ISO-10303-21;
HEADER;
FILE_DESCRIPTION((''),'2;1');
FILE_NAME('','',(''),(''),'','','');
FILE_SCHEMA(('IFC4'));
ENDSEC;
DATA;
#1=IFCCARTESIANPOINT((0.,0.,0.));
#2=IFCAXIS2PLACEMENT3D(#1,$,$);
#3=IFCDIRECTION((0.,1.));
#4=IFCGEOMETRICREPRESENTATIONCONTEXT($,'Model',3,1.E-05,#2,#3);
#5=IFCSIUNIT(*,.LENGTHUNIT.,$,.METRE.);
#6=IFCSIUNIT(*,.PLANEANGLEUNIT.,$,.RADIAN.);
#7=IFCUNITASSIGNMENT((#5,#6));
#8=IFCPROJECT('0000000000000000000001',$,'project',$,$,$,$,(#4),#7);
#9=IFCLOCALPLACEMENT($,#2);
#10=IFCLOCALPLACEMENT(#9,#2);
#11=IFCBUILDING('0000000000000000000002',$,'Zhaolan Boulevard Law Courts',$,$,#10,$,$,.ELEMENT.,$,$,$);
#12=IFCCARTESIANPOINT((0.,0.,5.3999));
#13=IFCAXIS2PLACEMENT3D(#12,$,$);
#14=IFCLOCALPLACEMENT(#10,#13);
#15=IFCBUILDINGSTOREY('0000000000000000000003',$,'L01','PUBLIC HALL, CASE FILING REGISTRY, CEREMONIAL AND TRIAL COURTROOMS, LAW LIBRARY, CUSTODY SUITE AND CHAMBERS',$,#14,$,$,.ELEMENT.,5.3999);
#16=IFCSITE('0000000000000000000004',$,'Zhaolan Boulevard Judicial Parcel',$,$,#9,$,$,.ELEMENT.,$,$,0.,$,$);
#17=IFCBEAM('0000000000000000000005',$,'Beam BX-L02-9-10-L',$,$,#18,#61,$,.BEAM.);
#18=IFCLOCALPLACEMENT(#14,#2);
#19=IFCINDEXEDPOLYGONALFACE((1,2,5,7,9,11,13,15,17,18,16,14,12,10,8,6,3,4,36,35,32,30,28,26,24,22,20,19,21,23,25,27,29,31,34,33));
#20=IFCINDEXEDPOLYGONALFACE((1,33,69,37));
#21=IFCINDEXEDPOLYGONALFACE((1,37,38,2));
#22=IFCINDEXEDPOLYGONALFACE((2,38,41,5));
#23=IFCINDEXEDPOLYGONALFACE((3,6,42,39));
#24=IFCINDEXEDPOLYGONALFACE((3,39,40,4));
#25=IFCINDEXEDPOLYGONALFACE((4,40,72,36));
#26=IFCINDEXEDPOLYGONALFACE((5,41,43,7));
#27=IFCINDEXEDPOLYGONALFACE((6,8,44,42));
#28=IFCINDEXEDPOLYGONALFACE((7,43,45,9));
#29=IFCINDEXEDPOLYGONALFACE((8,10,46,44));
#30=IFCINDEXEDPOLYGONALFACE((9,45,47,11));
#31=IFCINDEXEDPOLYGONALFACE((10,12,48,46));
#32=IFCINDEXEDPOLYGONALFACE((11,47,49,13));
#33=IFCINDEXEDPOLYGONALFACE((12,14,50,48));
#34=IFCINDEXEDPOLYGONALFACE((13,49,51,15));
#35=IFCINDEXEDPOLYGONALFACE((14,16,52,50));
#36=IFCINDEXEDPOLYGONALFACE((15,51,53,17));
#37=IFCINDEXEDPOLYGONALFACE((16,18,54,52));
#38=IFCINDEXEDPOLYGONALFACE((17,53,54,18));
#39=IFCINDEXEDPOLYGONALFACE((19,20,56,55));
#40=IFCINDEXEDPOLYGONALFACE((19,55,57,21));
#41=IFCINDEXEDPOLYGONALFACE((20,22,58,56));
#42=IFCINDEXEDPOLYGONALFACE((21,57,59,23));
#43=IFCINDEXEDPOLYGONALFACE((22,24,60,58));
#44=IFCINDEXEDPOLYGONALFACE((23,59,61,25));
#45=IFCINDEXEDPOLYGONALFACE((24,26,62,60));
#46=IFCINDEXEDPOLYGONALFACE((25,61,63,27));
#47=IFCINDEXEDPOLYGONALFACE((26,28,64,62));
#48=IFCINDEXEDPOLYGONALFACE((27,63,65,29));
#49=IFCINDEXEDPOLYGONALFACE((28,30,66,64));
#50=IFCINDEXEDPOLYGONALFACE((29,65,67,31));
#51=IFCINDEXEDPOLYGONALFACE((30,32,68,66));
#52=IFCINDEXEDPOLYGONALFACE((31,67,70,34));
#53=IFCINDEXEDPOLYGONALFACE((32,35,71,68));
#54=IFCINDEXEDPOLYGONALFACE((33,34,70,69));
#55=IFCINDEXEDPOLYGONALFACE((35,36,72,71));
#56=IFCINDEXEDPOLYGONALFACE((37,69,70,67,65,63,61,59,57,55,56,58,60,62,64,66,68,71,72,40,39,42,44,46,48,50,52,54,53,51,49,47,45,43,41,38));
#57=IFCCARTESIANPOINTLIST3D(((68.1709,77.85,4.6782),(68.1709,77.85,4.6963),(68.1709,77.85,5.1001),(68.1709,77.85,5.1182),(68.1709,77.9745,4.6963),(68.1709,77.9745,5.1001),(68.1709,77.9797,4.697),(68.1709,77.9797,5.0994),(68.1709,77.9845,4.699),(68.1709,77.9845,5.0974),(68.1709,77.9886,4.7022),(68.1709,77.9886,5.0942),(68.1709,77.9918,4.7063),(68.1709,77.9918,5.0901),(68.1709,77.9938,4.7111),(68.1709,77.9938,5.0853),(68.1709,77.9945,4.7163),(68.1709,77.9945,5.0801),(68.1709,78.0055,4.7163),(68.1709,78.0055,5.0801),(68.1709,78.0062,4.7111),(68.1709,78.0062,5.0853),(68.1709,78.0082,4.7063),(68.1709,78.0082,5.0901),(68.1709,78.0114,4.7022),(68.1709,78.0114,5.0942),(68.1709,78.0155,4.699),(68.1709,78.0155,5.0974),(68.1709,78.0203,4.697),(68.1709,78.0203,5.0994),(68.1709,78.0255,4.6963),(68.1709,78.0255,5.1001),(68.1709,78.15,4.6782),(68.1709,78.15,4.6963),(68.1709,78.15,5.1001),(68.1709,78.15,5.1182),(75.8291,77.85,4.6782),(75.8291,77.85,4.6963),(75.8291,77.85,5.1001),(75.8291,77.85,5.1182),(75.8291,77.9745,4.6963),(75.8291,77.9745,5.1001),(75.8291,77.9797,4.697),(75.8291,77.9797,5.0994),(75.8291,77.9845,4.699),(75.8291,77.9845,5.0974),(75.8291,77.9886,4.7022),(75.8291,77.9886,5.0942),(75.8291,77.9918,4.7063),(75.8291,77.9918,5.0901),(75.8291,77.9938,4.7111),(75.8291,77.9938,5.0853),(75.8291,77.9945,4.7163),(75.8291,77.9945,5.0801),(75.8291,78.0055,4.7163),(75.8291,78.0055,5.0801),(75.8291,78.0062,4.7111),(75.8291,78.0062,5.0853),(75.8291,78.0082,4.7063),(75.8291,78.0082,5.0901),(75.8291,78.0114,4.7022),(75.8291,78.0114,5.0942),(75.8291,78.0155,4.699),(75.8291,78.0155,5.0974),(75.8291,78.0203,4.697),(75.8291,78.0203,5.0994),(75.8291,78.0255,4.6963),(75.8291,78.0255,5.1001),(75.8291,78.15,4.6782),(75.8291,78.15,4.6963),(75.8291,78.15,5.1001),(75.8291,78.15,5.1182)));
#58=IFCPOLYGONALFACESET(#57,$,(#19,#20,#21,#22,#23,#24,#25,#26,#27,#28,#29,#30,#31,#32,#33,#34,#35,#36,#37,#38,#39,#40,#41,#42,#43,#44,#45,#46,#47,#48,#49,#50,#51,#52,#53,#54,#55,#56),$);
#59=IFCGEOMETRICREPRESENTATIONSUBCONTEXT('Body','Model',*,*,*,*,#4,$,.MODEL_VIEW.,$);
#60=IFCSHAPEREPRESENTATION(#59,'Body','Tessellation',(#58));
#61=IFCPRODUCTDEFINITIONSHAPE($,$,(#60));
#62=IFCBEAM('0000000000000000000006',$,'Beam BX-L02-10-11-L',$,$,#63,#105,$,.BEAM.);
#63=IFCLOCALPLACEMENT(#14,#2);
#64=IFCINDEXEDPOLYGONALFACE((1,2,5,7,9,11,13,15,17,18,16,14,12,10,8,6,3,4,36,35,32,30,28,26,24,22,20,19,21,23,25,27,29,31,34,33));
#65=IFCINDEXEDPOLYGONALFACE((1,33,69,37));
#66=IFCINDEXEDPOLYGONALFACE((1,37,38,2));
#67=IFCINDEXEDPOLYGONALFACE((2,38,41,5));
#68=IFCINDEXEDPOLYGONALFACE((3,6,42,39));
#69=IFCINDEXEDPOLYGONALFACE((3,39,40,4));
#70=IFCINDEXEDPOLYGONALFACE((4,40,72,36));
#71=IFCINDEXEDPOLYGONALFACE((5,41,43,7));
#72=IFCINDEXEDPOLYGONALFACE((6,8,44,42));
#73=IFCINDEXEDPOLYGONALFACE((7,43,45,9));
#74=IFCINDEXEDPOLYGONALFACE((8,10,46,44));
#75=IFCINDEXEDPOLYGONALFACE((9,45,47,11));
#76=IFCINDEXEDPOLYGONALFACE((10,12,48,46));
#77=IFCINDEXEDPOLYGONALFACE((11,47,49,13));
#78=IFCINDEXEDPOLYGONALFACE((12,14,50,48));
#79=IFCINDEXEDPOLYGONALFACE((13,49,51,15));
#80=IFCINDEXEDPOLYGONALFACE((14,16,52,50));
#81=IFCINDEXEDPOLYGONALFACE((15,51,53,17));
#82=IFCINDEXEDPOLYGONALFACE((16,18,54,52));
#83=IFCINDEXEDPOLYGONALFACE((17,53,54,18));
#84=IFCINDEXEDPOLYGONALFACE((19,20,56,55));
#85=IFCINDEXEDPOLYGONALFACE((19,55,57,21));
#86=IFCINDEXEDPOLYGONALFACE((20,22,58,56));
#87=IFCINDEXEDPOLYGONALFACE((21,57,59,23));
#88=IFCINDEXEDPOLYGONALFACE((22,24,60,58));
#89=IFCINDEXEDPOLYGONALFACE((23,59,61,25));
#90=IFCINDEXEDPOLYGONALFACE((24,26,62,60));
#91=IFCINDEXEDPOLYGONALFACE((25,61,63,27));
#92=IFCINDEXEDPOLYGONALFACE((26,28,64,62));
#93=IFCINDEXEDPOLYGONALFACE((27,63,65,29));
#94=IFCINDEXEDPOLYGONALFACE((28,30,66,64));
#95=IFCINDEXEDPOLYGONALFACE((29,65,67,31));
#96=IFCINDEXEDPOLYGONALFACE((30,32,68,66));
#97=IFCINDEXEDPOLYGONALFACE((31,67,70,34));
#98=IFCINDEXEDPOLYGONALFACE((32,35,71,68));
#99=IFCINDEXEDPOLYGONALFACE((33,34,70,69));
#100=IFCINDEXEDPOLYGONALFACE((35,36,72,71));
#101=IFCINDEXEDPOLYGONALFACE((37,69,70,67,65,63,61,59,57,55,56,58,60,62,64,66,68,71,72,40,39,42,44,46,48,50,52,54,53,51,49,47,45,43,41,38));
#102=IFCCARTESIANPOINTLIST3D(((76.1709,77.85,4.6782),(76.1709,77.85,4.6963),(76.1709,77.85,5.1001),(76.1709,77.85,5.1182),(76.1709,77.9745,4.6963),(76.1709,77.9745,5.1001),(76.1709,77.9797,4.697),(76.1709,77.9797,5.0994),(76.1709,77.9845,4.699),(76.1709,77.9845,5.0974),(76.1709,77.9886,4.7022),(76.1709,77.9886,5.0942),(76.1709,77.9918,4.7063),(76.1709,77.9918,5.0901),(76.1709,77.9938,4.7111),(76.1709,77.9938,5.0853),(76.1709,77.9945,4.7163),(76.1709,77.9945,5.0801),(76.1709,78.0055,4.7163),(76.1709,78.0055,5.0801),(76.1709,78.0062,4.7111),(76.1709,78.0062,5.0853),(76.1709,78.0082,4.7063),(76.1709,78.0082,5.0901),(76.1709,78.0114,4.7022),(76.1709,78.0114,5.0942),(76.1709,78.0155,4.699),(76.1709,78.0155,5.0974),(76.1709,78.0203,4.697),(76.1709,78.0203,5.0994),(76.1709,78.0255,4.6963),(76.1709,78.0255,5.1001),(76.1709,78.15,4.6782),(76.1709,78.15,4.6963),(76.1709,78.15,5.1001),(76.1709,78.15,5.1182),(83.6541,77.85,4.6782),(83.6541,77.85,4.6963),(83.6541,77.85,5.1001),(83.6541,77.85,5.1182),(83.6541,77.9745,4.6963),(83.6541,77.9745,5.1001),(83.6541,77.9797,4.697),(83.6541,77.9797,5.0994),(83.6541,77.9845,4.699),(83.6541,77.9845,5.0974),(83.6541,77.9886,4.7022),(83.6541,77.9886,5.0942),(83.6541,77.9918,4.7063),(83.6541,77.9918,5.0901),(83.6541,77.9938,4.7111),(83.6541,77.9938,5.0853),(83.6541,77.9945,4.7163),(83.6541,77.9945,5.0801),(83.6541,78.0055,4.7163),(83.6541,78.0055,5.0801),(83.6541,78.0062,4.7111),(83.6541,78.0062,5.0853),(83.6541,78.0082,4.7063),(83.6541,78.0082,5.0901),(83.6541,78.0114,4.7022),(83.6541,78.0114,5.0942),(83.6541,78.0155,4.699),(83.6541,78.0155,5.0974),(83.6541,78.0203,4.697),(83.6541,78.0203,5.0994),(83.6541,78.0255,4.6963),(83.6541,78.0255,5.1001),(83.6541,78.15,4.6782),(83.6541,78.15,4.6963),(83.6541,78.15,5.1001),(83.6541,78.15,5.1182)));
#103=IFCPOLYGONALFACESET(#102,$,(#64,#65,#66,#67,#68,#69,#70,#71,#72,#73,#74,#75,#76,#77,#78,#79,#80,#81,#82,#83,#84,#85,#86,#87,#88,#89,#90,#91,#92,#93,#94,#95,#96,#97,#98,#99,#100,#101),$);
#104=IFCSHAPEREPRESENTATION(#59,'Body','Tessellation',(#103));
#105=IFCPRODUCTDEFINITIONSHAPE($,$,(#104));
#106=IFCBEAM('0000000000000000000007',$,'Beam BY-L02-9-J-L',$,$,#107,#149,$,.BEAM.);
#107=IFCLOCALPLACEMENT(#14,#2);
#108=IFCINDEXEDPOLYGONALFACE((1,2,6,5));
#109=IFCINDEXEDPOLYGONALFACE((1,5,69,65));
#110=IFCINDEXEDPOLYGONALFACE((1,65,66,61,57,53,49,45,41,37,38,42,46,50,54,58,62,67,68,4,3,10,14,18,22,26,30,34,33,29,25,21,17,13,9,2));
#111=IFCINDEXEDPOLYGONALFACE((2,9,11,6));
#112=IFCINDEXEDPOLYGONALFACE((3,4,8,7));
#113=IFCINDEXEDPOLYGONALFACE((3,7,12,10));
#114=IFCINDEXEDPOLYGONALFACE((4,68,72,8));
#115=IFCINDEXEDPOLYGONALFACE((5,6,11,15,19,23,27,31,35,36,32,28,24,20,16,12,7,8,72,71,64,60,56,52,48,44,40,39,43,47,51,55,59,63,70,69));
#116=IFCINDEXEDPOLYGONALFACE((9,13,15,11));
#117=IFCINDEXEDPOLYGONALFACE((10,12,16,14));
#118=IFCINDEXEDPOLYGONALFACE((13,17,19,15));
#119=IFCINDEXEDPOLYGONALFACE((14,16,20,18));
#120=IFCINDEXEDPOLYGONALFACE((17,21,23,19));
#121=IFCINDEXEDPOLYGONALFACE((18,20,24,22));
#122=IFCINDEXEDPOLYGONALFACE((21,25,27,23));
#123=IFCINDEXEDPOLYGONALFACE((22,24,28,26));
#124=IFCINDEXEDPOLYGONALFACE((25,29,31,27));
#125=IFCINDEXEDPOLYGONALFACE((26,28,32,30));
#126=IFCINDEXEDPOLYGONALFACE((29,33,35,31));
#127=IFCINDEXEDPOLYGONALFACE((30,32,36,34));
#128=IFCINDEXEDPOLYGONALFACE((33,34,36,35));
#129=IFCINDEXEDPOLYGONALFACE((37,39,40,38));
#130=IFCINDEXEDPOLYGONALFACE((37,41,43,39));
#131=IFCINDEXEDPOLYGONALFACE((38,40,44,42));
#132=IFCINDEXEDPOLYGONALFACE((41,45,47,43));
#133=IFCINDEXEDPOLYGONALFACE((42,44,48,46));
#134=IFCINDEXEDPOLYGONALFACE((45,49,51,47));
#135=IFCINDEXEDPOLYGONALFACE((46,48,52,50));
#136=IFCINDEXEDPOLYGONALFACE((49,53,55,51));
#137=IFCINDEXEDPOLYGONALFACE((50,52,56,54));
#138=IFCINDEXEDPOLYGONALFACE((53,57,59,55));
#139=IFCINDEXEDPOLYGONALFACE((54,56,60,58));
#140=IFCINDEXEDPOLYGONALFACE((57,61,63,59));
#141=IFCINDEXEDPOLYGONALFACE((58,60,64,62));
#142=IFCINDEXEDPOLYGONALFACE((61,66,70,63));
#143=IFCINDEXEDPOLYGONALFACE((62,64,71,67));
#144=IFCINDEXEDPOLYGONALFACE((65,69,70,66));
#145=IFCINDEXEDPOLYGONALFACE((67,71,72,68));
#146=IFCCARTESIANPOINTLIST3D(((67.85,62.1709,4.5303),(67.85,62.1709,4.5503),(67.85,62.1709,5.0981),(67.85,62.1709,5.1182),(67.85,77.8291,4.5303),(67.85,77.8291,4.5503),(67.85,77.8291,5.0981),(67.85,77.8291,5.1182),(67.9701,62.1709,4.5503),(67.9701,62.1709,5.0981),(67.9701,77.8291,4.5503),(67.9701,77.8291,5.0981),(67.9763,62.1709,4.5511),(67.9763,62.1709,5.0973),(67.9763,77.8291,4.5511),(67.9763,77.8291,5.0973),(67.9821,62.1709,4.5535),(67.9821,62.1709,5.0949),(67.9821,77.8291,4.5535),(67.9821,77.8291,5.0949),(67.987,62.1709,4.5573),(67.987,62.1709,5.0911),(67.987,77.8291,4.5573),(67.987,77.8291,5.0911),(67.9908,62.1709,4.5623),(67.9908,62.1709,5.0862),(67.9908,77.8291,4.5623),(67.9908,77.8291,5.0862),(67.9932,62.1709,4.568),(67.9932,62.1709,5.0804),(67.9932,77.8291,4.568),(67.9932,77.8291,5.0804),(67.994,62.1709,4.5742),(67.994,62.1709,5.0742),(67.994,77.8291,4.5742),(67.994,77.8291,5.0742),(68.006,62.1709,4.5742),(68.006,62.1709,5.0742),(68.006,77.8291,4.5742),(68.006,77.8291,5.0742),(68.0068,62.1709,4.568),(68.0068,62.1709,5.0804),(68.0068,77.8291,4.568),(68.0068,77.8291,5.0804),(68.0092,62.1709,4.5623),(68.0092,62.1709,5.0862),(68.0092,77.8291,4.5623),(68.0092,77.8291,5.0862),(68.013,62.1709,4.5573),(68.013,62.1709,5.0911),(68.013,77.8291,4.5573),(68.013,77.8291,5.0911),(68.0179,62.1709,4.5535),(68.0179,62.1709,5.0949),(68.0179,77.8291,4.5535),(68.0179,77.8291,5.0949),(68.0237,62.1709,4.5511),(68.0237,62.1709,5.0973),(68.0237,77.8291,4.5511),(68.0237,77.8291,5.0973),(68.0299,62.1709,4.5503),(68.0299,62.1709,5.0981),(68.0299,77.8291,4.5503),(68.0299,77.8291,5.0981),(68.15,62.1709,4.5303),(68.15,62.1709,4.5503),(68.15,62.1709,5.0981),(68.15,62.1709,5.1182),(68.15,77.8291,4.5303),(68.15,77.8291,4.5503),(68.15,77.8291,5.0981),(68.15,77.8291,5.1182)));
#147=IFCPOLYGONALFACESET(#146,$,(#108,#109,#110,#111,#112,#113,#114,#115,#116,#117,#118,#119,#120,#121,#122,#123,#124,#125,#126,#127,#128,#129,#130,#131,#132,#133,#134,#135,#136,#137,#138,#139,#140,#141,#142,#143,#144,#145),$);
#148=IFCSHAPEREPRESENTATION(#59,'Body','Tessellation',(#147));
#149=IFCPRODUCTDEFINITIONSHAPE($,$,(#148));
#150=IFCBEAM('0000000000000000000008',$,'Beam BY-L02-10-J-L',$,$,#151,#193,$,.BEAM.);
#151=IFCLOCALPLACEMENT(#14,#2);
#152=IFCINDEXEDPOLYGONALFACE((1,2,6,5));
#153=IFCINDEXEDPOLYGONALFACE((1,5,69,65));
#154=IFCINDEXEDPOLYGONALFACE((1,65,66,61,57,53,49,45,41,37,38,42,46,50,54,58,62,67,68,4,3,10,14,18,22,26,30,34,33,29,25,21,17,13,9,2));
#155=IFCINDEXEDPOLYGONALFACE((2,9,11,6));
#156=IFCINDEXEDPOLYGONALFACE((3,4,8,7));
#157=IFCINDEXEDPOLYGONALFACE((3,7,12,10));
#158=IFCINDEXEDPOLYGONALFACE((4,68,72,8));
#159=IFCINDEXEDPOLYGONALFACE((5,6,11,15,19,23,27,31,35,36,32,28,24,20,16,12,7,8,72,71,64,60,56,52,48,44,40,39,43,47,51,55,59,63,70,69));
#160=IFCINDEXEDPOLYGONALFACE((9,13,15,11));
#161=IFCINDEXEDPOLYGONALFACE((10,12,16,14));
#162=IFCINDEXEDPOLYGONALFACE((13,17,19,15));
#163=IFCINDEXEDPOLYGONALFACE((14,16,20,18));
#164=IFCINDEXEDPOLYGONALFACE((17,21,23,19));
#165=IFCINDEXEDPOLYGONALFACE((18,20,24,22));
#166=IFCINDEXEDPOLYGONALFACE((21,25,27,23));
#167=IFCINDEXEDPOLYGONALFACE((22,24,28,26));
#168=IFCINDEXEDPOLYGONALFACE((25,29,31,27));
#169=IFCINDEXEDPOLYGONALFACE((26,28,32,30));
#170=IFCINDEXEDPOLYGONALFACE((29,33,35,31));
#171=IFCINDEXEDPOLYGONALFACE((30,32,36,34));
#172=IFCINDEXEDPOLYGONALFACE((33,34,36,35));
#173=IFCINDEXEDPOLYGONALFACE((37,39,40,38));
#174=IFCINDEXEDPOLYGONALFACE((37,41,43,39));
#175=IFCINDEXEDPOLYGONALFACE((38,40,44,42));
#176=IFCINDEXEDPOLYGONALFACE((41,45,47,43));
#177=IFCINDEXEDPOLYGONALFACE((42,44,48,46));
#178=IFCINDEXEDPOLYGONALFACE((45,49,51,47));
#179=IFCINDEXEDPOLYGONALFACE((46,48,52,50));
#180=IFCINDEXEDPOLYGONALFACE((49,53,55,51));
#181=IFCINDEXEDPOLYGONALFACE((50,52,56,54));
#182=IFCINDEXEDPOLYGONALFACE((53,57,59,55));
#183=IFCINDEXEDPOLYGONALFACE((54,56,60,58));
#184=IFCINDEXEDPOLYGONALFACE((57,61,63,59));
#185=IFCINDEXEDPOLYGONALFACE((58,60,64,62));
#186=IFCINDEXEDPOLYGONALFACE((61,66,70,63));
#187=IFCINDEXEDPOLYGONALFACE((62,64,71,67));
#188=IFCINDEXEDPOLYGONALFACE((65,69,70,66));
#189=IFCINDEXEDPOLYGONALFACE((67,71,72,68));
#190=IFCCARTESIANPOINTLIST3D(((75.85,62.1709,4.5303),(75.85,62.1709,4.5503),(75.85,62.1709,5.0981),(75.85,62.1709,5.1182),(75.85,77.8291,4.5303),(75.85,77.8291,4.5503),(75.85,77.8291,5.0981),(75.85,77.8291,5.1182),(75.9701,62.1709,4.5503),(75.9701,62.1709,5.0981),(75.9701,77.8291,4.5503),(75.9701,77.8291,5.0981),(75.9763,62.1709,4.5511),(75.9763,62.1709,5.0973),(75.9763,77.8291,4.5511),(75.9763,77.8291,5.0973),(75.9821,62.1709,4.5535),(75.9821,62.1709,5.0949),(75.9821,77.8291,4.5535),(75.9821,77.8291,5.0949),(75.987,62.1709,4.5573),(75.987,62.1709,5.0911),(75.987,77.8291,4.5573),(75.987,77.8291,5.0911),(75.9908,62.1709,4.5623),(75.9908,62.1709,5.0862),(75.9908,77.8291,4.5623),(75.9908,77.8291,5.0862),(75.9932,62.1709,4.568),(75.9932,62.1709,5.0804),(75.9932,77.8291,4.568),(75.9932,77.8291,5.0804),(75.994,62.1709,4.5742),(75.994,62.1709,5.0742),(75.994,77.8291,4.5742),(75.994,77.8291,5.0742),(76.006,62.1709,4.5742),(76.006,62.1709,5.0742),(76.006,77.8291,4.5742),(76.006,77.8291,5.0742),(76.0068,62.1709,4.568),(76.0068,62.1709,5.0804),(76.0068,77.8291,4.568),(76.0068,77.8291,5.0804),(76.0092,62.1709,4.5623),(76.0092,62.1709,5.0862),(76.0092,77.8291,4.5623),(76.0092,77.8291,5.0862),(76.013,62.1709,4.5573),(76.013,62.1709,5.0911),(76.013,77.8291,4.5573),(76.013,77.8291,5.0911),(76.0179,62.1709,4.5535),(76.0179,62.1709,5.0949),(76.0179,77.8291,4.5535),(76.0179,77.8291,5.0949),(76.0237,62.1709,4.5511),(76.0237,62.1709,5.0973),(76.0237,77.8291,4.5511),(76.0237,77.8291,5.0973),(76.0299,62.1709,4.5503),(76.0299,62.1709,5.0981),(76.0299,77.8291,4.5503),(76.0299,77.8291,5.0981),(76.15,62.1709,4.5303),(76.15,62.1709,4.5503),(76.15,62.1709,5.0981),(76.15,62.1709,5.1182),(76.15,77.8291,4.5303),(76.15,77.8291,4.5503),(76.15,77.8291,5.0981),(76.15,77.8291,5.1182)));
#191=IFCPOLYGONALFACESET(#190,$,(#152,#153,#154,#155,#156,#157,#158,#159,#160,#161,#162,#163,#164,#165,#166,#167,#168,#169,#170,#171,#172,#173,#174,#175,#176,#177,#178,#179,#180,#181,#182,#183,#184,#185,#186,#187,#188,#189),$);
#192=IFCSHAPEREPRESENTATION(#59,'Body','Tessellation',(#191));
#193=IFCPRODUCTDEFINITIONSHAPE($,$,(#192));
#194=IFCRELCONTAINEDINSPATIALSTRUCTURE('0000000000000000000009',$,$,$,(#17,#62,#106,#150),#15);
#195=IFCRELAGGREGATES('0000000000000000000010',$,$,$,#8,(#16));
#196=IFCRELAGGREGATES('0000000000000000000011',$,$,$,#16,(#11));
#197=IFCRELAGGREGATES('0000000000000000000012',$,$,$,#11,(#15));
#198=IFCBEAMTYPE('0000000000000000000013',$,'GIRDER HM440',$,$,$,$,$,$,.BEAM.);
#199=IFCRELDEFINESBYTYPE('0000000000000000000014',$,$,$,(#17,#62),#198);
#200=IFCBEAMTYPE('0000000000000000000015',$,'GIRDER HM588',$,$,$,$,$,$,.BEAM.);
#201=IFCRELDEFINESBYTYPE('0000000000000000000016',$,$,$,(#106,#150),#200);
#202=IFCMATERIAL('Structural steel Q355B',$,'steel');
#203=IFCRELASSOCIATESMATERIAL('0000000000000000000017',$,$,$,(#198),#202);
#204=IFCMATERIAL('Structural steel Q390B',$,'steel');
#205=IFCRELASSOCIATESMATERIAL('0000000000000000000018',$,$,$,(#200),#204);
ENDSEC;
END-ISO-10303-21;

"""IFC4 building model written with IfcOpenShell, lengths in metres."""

from ifc_helpers import new_model, si_unit, direction, frame, origin, origin_2d, place, context, subcontext, project, spatial, i_section, extrude, material, material_profile, profile_set, type_object, element, save


model = new_model("IFC4")

# Units and contexts
model_context = context("Model", 3, precision=1e-05, world=origin(), true_north=direction((0.0, 1.0)))
body_context = subcontext(model_context, "Body", "Model", "MODEL_VIEW")
ifc_project = project(units=[si_unit("LENGTHUNIT", "METRE"), si_unit("PLANEANGLEUNIT", "RADIAN")], contexts=[model_context])

# Site, building, storey
site_placement = place(None, origin())
site = spatial("IfcSite", under=ifc_project, at=site_placement, Name="Zhaolan Boulevard Judicial Parcel", CompositionType="ELEMENT", RefElevation=0.0)
building_placement = place(site_placement, origin())
building = spatial("IfcBuilding", under=site, at=building_placement, Name="Zhaolan Boulevard Law Courts", CompositionType="ELEMENT")
storey_placement = place(building_placement, frame((0.0, 0.0, 5.3999)))
storey = spatial("IfcBuildingStorey", under=building, at=storey_placement, Name="L01", Description="PUBLIC HALL, CASE FILING REGISTRY, CEREMONIAL AND TRIAL COURTROOMS, LAW LIBRARY, CUSTODY SUITE AND CHAMBERS", CompositionType="ELEMENT", Elevation=5.3999)

# Beams
ifc_material_1 = material(Name="Structural steel Q355B", Category="steel")
ifc_material_profile_1 = material_profile(ifc_material_1, i_section(OverallWidth=0.3, OverallDepth=0.4399, WebThickness=0.011, FlangeThickness=0.0181, FilletRadius=0.02, at=origin_2d()), Name="HM440x300")
ifc_profile_set_1 = profile_set([ifc_material_profile_1], Name="Structural steel Q355B")
beam_type_1 = type_object("IfcBeamType", Name="GIRDER HM440", PredefinedType="BEAM", material=ifc_profile_set_1)
for number, where, z_axis, x_axis, name in (
    (1, (68.1709, 78.0, 4.8982), (1.0, 0.0, 0.0), (0.0, 1.0, 0.0), "Beam BX-L02-9-10-L"),
):
    element("IfcBeam", number, at=place(storey_placement, frame(where, z_axis=z_axis, x_axis=x_axis)), inside=storey, type_object=beam_type_1, Name=name, PredefinedType="BEAM", context=body_context, shape_type="SweptSolid", body=[
        extrude(i_section(OverallWidth=0.3, OverallDepth=0.4399, WebThickness=0.011, FlangeThickness=0.0181, FilletRadius=0.02, at=origin_2d()), origin(), (0.0, 0.0, 1.0), 7.6582),
    ])
beam_1_placement = place(storey_placement, frame((76.1709, 78.0, 4.8982), z_axis=(1.0, 0.0, 0.0), x_axis=(0.0, 1.0, 0.0)))
element("IfcBeam", 2, at=beam_1_placement, inside=storey, type_object=beam_type_1, Name="Beam BX-L02-10-11-L", PredefinedType="BEAM", context=body_context, shape_type="SweptSolid", body=[
    extrude(i_section(OverallWidth=0.3, OverallDepth=0.4399, WebThickness=0.011, FlangeThickness=0.0181, FilletRadius=0.02, at=origin_2d()), origin(), (0.0, 0.0, 1.0), 7.4832),
])
ifc_material_2 = material(Name="Structural steel Q390B", Category="steel")
ifc_material_profile_2 = material_profile(ifc_material_2, i_section(OverallWidth=0.3, OverallDepth=0.5879, WebThickness=0.012, FlangeThickness=0.02, FilletRadius=0.0239, at=origin_2d()), Name="HM588x300")
ifc_profile_set_2 = profile_set([ifc_material_profile_2], Name="Structural steel Q390B")
beam_type_2 = type_object("IfcBeamType", Name="GIRDER HM588", PredefinedType="BEAM", material=ifc_profile_set_2)
for number, where, z_axis, x_axis, name in (
    (3, (68.0, 62.1709, 4.8242), (0.0, 1.0, 0.0), (-1.0, 0.0, 0.0), "Beam BY-L02-9-J-L"),
    (4, (76.0, 62.1709, 4.8242), (0.0, 1.0, 0.0), (-1.0, 0.0, 0.0), "Beam BY-L02-10-J-L"),
):
    element("IfcBeam", number, at=place(storey_placement, frame(where, z_axis=z_axis, x_axis=x_axis)), inside=storey, type_object=beam_type_2, Name=name, PredefinedType="BEAM", context=body_context, shape_type="SweptSolid", body=[
        extrude(i_section(OverallWidth=0.3, OverallDepth=0.5879, WebThickness=0.012, FlangeThickness=0.02, FilletRadius=0.0239, at=origin_2d()), origin(), (0.0, 0.0, 1.0), 15.6582),
    ])

save(model, "model.ifc")
